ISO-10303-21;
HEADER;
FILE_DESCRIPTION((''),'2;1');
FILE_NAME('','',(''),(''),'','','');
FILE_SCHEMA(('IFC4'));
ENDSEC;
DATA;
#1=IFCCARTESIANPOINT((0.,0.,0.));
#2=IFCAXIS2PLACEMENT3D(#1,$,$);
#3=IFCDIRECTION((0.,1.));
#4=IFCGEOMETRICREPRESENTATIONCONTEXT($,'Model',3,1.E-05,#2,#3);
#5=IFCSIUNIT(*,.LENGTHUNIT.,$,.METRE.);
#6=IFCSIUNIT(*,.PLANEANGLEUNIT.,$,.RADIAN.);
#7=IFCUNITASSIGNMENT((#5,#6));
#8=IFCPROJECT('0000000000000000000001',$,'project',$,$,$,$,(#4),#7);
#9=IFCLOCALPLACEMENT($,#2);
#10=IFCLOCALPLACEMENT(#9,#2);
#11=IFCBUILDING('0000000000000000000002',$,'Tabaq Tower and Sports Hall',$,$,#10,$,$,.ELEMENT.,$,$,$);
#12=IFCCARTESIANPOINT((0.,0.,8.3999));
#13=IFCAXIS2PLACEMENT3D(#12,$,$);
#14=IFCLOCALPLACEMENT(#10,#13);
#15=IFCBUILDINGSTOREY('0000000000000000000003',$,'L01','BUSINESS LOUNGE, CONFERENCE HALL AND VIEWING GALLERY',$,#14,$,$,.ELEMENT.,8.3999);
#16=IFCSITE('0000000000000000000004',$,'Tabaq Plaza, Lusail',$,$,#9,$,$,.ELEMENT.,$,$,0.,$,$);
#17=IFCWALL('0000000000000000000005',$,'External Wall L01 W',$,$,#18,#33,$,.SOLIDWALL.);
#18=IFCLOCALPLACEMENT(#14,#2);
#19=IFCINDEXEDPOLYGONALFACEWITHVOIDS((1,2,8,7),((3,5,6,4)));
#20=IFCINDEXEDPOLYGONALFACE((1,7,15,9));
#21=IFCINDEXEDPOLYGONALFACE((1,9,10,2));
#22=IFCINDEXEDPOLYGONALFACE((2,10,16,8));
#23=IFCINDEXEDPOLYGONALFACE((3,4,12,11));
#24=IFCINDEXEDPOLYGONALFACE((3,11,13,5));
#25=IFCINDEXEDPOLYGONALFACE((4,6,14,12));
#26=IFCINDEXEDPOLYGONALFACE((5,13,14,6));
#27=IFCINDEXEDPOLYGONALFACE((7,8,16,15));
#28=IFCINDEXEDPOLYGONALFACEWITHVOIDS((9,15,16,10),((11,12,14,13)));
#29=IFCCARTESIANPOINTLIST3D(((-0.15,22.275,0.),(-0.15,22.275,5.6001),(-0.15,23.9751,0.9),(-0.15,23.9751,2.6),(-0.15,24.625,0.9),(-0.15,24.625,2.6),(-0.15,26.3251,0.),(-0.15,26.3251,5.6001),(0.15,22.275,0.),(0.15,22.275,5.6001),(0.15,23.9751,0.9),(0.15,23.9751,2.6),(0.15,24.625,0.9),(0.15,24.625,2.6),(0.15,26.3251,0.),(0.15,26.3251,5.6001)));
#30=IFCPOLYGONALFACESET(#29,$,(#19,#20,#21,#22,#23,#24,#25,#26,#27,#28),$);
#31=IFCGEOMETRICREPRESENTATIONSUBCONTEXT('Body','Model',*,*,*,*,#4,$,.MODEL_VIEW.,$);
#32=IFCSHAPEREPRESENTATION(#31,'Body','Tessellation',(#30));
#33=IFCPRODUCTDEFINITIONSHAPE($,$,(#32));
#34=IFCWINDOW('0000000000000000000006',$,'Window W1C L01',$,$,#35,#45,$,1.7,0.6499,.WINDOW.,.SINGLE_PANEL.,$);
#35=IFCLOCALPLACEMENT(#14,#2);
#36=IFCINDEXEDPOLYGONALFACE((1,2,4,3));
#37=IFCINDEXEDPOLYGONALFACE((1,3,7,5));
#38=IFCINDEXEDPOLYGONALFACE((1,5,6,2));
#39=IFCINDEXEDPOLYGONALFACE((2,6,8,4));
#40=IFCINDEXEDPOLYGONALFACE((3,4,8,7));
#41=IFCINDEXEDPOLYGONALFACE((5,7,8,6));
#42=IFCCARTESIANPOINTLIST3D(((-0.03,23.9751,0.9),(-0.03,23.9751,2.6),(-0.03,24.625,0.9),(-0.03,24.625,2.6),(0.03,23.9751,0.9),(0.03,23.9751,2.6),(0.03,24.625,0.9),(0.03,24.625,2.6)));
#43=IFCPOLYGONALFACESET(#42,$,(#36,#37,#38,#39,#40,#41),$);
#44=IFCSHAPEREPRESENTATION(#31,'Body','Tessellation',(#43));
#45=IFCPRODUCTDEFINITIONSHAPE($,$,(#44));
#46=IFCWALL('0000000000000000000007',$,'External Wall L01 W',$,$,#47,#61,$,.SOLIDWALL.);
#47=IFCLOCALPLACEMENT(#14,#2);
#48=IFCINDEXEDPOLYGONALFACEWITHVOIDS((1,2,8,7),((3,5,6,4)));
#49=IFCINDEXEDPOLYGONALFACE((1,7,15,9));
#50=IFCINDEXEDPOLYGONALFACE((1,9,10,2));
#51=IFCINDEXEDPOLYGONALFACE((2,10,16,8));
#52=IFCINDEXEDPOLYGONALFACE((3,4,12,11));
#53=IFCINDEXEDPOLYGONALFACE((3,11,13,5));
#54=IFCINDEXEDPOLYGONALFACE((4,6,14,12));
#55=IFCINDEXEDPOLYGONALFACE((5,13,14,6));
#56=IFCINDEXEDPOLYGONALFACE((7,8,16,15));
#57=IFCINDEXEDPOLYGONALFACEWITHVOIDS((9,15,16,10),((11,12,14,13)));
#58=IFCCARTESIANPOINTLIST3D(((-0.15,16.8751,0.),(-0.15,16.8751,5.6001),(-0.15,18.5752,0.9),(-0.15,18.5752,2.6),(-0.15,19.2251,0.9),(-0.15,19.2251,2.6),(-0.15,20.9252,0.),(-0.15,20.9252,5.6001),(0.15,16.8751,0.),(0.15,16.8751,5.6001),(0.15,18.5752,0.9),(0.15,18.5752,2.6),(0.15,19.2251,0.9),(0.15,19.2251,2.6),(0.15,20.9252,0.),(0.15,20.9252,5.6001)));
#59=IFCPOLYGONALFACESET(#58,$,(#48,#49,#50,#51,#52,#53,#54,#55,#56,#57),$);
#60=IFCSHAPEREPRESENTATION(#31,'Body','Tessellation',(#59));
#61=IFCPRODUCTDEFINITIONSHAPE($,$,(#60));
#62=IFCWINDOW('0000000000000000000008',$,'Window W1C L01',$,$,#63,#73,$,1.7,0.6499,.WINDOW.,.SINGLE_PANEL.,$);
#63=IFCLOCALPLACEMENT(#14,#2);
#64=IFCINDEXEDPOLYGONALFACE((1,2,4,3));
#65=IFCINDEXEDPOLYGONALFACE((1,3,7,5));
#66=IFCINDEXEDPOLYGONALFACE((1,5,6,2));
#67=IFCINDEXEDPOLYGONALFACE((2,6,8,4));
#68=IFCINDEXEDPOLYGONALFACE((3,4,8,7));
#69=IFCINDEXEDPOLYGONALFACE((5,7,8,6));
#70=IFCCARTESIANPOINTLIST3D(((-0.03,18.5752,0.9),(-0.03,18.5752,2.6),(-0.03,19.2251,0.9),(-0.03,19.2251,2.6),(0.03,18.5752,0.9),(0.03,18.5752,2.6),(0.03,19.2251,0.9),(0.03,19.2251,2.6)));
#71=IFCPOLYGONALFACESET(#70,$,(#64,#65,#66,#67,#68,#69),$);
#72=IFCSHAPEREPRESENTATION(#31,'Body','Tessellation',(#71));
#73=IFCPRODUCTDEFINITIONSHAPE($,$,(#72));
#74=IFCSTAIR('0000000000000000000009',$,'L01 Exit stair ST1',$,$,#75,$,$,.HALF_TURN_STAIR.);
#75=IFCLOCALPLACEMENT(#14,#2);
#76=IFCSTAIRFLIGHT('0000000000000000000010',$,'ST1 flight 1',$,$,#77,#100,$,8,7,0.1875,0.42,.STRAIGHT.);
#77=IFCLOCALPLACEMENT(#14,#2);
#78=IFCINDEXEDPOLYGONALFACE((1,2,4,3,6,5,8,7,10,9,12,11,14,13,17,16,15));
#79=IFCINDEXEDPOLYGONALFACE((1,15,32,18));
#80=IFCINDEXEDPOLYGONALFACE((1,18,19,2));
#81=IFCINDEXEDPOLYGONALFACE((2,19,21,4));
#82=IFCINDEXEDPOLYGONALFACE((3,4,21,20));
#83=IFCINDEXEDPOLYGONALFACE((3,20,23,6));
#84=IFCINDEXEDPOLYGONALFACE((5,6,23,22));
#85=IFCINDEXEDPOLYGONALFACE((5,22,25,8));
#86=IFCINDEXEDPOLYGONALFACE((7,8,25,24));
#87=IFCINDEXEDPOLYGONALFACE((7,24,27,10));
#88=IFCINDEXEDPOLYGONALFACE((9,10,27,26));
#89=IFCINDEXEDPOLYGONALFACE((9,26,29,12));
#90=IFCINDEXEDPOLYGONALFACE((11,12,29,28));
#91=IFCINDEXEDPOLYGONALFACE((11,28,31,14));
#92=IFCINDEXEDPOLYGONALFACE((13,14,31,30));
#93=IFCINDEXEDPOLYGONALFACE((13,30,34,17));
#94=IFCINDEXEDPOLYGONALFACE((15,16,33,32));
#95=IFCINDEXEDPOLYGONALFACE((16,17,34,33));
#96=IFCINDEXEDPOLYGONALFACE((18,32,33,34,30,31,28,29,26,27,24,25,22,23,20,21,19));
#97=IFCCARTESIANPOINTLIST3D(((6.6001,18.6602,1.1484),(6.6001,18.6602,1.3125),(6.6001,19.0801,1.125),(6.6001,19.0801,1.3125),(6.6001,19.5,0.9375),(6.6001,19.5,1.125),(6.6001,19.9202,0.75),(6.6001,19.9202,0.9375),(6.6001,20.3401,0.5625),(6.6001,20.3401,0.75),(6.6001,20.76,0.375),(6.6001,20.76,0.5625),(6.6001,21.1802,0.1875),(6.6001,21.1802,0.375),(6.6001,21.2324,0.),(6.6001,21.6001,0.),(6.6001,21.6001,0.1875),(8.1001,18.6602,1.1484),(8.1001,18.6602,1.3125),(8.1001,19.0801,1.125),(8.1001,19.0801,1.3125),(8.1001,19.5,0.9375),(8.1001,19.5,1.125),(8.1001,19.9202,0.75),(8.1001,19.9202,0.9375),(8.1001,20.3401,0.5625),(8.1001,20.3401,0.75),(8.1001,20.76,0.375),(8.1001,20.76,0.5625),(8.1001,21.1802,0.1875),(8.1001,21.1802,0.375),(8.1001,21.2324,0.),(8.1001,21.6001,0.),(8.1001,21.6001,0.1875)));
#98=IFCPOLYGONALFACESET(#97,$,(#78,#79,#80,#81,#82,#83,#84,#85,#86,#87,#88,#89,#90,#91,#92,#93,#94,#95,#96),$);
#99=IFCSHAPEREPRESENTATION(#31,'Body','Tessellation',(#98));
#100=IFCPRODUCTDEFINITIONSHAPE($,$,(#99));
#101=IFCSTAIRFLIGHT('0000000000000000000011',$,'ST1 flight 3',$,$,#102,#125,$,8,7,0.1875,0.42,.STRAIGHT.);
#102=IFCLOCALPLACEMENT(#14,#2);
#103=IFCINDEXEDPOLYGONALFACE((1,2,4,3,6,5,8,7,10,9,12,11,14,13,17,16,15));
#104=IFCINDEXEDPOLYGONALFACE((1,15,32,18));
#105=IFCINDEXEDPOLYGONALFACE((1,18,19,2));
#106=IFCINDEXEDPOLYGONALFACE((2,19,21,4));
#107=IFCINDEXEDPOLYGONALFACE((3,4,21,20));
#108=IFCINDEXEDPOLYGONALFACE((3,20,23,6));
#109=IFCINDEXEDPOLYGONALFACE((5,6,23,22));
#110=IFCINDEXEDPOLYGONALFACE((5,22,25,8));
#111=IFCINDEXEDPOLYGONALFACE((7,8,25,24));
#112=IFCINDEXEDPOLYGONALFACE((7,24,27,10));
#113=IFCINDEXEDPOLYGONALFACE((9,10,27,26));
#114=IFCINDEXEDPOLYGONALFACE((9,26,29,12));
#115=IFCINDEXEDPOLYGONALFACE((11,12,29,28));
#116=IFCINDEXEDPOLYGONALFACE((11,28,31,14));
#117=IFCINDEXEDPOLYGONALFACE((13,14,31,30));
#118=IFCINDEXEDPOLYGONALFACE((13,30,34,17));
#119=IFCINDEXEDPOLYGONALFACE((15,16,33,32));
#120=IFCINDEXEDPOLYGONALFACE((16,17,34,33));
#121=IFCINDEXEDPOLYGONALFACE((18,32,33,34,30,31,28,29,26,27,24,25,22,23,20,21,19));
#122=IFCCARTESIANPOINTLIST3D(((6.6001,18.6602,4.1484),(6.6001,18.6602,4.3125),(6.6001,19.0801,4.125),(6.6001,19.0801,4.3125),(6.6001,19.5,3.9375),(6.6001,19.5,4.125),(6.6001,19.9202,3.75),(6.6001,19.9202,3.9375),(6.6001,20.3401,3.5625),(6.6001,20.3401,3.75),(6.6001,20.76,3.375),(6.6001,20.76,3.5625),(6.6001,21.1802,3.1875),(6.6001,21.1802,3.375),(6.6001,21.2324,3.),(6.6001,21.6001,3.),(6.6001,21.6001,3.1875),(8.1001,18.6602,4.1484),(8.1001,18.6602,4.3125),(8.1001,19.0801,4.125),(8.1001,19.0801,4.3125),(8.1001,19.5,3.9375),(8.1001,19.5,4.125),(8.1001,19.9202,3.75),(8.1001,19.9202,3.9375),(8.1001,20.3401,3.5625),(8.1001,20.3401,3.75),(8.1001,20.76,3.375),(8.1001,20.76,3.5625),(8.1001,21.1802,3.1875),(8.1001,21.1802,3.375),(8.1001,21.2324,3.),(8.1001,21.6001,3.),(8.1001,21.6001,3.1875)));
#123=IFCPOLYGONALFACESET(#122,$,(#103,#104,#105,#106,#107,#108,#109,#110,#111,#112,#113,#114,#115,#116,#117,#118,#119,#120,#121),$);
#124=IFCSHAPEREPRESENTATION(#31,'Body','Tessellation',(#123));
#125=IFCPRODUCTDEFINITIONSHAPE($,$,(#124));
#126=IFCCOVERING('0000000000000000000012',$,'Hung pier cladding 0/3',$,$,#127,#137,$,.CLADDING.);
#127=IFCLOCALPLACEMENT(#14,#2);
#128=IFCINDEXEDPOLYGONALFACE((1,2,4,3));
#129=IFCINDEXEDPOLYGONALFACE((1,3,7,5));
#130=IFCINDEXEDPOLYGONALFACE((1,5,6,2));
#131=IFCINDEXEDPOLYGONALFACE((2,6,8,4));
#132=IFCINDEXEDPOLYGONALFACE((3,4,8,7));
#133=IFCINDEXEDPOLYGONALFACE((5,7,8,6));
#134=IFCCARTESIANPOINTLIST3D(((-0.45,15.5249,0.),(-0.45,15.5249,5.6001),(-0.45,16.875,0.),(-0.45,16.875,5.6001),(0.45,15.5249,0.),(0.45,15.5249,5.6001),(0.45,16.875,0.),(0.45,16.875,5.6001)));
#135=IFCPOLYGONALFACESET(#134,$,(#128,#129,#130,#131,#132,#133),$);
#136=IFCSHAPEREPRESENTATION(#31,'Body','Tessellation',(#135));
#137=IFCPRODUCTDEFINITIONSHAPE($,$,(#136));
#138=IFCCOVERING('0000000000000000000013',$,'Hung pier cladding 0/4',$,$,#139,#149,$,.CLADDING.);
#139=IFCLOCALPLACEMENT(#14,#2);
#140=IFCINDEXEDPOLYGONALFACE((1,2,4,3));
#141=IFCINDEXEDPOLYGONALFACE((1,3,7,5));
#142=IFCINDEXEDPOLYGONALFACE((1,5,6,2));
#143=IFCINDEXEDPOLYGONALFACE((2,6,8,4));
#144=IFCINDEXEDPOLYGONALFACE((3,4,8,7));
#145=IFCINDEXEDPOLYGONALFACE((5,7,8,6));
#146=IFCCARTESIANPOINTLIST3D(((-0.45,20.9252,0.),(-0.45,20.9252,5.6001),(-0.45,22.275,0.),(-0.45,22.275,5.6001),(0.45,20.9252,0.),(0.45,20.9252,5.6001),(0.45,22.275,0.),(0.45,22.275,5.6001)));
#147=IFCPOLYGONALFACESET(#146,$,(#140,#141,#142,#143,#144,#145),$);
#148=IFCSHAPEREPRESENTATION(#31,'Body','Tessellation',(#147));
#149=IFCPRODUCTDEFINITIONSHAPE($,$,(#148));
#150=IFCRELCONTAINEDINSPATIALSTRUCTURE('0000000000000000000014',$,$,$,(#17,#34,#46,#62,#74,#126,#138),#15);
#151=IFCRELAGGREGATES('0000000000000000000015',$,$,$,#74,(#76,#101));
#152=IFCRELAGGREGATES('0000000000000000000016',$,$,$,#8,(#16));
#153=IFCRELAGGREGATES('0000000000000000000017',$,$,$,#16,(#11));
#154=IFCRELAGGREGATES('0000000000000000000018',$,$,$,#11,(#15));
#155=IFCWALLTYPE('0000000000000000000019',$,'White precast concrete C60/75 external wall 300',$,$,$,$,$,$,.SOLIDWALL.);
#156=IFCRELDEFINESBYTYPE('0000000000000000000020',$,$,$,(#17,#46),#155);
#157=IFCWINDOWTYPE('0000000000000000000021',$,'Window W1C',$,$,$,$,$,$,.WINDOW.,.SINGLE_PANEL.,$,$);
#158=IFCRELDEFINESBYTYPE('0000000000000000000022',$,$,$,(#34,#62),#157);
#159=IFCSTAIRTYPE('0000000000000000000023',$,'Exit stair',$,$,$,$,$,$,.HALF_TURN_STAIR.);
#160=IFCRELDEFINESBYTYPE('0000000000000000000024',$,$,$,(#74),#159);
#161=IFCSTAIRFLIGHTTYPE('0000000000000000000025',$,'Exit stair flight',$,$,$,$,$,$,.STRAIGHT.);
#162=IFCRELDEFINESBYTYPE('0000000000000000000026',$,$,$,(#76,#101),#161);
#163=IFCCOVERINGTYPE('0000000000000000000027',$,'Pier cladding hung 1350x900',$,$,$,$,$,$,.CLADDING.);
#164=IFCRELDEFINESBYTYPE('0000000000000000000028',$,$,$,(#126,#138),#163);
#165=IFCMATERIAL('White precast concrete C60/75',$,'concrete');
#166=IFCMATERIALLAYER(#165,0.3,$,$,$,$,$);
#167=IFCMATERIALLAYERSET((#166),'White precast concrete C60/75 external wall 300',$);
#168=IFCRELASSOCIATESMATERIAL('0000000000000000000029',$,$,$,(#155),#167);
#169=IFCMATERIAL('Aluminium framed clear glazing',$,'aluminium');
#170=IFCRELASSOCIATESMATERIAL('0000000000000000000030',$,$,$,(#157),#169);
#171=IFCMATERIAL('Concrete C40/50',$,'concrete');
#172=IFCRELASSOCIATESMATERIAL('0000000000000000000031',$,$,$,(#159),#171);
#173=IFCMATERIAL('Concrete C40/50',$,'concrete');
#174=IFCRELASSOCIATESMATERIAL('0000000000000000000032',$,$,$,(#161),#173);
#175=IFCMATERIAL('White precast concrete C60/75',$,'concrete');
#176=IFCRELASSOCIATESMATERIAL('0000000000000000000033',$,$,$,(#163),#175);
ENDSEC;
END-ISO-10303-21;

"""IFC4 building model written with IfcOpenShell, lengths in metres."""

from ifc_helpers import new_model, si_unit, direction, frame, frame_2d, origin, place, context, subcontext, project, spatial, polyline, rectangle, outline, extrude, material, layer, layer_set, type_object, element, fill, aggregate, save


model = new_model("IFC4")

# Units and contexts
model_context = context("Model", 3, precision=1e-05, world=origin(), true_north=direction((0.0, 1.0)))
body_context = subcontext(model_context, "Body", "Model", "MODEL_VIEW")
ifc_project = project(units=[si_unit("LENGTHUNIT", "METRE"), si_unit("PLANEANGLEUNIT", "RADIAN")], contexts=[model_context])

# Site, building, storey
site_placement = place(None, origin())
site = spatial("IfcSite", under=ifc_project, at=site_placement, Name="Tabaq Plaza, Lusail", CompositionType="ELEMENT", RefElevation=0.0)
building_placement = place(site_placement, origin())
building = spatial("IfcBuilding", under=site, at=building_placement, Name="Tabaq Tower and Sports Hall", CompositionType="ELEMENT")
storey_placement = place(building_placement, frame((0.0, 0.0, 8.3999)))
storey = spatial("IfcBuildingStorey", under=building, at=storey_placement, Name="L01", Description="BUSINESS LOUNGE, CONFERENCE HALL AND VIEWING GALLERY", CompositionType="ELEMENT", Elevation=8.3999)

# Walls, openings, windows
ifc_material_1 = material(Name="White precast concrete C60/75", Category="concrete")
ifc_layer_1 = layer(ifc_material_1, 0.3)
ifc_layer_set_1 = layer_set([ifc_layer_1], Name="White precast concrete C60/75 external wall 300")
wall_type_1 = type_object("IfcWallType", Name="White precast concrete C60/75 external wall 300", PredefinedType="SOLIDWALL", material=ifc_layer_set_1)
wall_1_placement = place(storey_placement, frame((0.0, 26.325, 0.0), z_axis=(0.0, 0.0, 1.0), x_axis=(0.0, -1.0, 0.0)))
wall_1 = element("IfcWall", 1, at=wall_1_placement, inside=storey, type_object=wall_type_1, Name="External Wall L01 W", PredefinedType="SOLIDWALL", context=body_context, shape_type="SweptSolid", body=[
    extrude(rectangle(XDim=4.05, YDim=0.3, at=frame_2d((2.0249, 0.0))), origin(), (0.0, 0.0, 1.0), 5.6001),
])
opening_1_placement = place(wall_1_placement, frame((1.7, 0.0, 0.8999)))
opening_1 = element("IfcOpeningElement", 2, at=opening_1_placement, cuts=wall_1, PredefinedType="OPENING", context=body_context, shape_type="SweptSolid", body=[
    extrude(rectangle(XDim=0.6499, YDim=1.7, at=frame_2d((0.325, 0.8501))), frame((0.0, 0.1602, 0.0), z_axis=(0.0, -1.0, 0.0), x_axis=(1.0, 0.0, 0.0)), (0.0, 0.0, 1.0), 0.3201),
])
ifc_material_2 = material(Name="Aluminium framed clear glazing", Category="aluminium")
window_type = type_object("IfcWindowType", Name="Window W1C", PartitioningType="SINGLE_PANEL", PredefinedType="WINDOW", material=ifc_material_2)
window_1_placement = place(opening_1_placement, origin())
window_1 = element("IfcWindow", 3, at=window_1_placement, inside=storey, type_object=window_type, Name="Window W1C L01", OverallHeight=1.7, OverallWidth=0.6499, PartitioningType="SINGLE_PANEL", PredefinedType="WINDOW", context=body_context, shape_type="SweptSolid", body=[
    extrude(rectangle(XDim=0.6499, YDim=1.7, at=frame_2d((0.325, 0.8501))), frame((0.0, 0.03, 0.0), z_axis=(0.0, -1.0, 0.0), x_axis=(1.0, 0.0, 0.0)), (0.0, 0.0, 1.0), 0.0601),
])
fill(opening_1, window_1)
wall_2_placement = place(storey_placement, frame((0.0, 20.925, 0.0), z_axis=(0.0, 0.0, 1.0), x_axis=(0.0, -1.0, 0.0)))
wall_2 = element("IfcWall", 4, at=wall_2_placement, inside=storey, type_object=wall_type_1, Name="External Wall L01 W", PredefinedType="SOLIDWALL", context=body_context, shape_type="SweptSolid", body=[
    extrude(rectangle(XDim=4.05, YDim=0.3, at=frame_2d((2.0249, 0.0))), origin(), (0.0, 0.0, 1.0), 5.6001),
])
opening_2_placement = place(wall_2_placement, frame((1.7, 0.0, 0.8999)))
opening_2 = element("IfcOpeningElement", 5, at=opening_2_placement, cuts=wall_2, PredefinedType="OPENING", context=body_context, shape_type="SweptSolid", body=[
    extrude(rectangle(XDim=0.6499, YDim=1.7, at=frame_2d((0.325, 0.8501))), frame((0.0, 0.1602, 0.0), z_axis=(0.0, -1.0, 0.0), x_axis=(1.0, 0.0, 0.0)), (0.0, 0.0, 1.0), 0.3201),
])
window_2_placement = place(opening_2_placement, origin())
window_2 = element("IfcWindow", 6, at=window_2_placement, inside=storey, type_object=window_type, Name="Window W1C L01", OverallHeight=1.7, OverallWidth=0.6499, PartitioningType="SINGLE_PANEL", PredefinedType="WINDOW", context=body_context, shape_type="SweptSolid", body=[
    extrude(rectangle(XDim=0.6499, YDim=1.7, at=frame_2d((0.325, 0.8501))), frame((0.0, 0.03, 0.0), z_axis=(0.0, -1.0, 0.0), x_axis=(1.0, 0.0, 0.0)), (0.0, 0.0, 1.0), 0.0601),
])
fill(opening_2, window_2)

# Stair, stair flights
ifc_material_3 = material(Name="Concrete C40/50", Category="concrete")
stair_type = type_object("IfcStairType", Name="Exit stair", PredefinedType="HALF_TURN_STAIR", material=ifc_material_3)
stair_placement = place(storey_placement, origin())
stair = element("IfcStair", 7, at=stair_placement, inside=storey, type_object=stair_type, Name="L01 Exit stair ST1", PredefinedType="HALF_TURN_STAIR")
ifc_material_4 = material(Name="Concrete C40/50", Category="concrete")
stair_flight_type = type_object("IfcStairFlightType", Name="Exit stair flight", PredefinedType="STRAIGHT", material=ifc_material_4)
stair_flight_1_placement = place(storey_placement, frame((7.3501, 21.6001, 0.0), z_axis=(0.0, 0.0, 1.0), x_axis=(0.0, -1.0, 0.0)))
stair_flight_1 = element("IfcStairFlight", 8, at=stair_flight_1_placement, type_object=stair_flight_type, Name="ST1 flight 1", NumberOfRisers=8, NumberOfTreads=7, PredefinedType="STRAIGHT", RiserHeight=0.1875, TreadLength=0.42, context=body_context, shape_type="SweptSolid", body=[
    extrude(outline(polyline([(0.0, 0.0), (0.0, 0.1875), (0.4199, 0.1875), (0.4199, 0.375), (0.8401, 0.375), (0.8401, 0.5625), (1.26, 0.5625), (1.26, 0.75), (1.6799, 0.75), (1.6799, 0.9375), (2.1001, 0.9375), (2.1001, 1.125), (2.52, 1.125), (2.52, 1.3125), (2.9399, 1.3125), (2.9399, 1.5), (2.9399, 1.1484), (0.3677, 0.0), (0.0, 0.0)])), frame((0.0, 0.75, 0.0), z_axis=(0.0, -1.0, 0.0), x_axis=(1.0, 0.0, 0.0)), (0.0, 0.0, 1.0), 1.5),
])
stair_flight_2_placement = place(storey_placement, frame((7.3501, 21.6001, 3.0), z_axis=(0.0, 0.0, 1.0), x_axis=(0.0, -1.0, 0.0)))
stair_flight_2 = element("IfcStairFlight", 9, at=stair_flight_2_placement, type_object=stair_flight_type, Name="ST1 flight 3", NumberOfRisers=8, NumberOfTreads=7, PredefinedType="STRAIGHT", RiserHeight=0.1875, TreadLength=0.42, context=body_context, shape_type="SweptSolid", body=[
    extrude(outline(polyline([(0.0, 0.0), (0.0, 0.1875), (0.4199, 0.1875), (0.4199, 0.375), (0.8401, 0.375), (0.8401, 0.5625), (1.26, 0.5625), (1.26, 0.75), (1.6799, 0.75), (1.6799, 0.9375), (2.1001, 0.9375), (2.1001, 1.125), (2.52, 1.125), (2.52, 1.3125), (2.9399, 1.3125), (2.9399, 1.5), (2.9399, 1.1484), (0.3677, 0.0), (0.0, 0.0)])), frame((0.0, 0.75, 0.0), z_axis=(0.0, -1.0, 0.0), x_axis=(1.0, 0.0, 0.0)), (0.0, 0.0, 1.0), 1.5),
])
aggregate(stair, [stair_flight_1, stair_flight_2])

# Coverings
ifc_material_5 = material(Name="White precast concrete C60/75", Category="concrete")
covering_type = type_object("IfcCoveringType", Name="Pier cladding hung 1350x900", PredefinedType="CLADDING", material=ifc_material_5)
covering_1_placement = place(storey_placement, frame((0.0, 16.875, 0.0), z_axis=(0.0, 0.0, 1.0), x_axis=(0.0, -1.0, 0.0)))
element("IfcCovering", 10, at=covering_1_placement, inside=storey, type_object=covering_type, Name="Hung pier cladding 0/3", PredefinedType="CLADDING", context=body_context, shape_type="SweptSolid", body=[
    extrude(rectangle(XDim=1.3501, YDim=0.8999, at=frame_2d((0.675, 0.0))), origin(), (0.0, 0.0, 1.0), 5.6001),
])
covering_2_placement = place(storey_placement, frame((0.0, 22.2749, 0.0), z_axis=(0.0, 0.0, 1.0), x_axis=(0.0, -1.0, 0.0)))
element("IfcCovering", 11, at=covering_2_placement, inside=storey, type_object=covering_type, Name="Hung pier cladding 0/4", PredefinedType="CLADDING", context=body_context, shape_type="SweptSolid", body=[
    extrude(rectangle(XDim=1.3499, YDim=0.8999, at=frame_2d((0.6748, 0.0))), origin(), (0.0, 0.0, 1.0), 5.6001),
])

save(model, "model.ifc")
